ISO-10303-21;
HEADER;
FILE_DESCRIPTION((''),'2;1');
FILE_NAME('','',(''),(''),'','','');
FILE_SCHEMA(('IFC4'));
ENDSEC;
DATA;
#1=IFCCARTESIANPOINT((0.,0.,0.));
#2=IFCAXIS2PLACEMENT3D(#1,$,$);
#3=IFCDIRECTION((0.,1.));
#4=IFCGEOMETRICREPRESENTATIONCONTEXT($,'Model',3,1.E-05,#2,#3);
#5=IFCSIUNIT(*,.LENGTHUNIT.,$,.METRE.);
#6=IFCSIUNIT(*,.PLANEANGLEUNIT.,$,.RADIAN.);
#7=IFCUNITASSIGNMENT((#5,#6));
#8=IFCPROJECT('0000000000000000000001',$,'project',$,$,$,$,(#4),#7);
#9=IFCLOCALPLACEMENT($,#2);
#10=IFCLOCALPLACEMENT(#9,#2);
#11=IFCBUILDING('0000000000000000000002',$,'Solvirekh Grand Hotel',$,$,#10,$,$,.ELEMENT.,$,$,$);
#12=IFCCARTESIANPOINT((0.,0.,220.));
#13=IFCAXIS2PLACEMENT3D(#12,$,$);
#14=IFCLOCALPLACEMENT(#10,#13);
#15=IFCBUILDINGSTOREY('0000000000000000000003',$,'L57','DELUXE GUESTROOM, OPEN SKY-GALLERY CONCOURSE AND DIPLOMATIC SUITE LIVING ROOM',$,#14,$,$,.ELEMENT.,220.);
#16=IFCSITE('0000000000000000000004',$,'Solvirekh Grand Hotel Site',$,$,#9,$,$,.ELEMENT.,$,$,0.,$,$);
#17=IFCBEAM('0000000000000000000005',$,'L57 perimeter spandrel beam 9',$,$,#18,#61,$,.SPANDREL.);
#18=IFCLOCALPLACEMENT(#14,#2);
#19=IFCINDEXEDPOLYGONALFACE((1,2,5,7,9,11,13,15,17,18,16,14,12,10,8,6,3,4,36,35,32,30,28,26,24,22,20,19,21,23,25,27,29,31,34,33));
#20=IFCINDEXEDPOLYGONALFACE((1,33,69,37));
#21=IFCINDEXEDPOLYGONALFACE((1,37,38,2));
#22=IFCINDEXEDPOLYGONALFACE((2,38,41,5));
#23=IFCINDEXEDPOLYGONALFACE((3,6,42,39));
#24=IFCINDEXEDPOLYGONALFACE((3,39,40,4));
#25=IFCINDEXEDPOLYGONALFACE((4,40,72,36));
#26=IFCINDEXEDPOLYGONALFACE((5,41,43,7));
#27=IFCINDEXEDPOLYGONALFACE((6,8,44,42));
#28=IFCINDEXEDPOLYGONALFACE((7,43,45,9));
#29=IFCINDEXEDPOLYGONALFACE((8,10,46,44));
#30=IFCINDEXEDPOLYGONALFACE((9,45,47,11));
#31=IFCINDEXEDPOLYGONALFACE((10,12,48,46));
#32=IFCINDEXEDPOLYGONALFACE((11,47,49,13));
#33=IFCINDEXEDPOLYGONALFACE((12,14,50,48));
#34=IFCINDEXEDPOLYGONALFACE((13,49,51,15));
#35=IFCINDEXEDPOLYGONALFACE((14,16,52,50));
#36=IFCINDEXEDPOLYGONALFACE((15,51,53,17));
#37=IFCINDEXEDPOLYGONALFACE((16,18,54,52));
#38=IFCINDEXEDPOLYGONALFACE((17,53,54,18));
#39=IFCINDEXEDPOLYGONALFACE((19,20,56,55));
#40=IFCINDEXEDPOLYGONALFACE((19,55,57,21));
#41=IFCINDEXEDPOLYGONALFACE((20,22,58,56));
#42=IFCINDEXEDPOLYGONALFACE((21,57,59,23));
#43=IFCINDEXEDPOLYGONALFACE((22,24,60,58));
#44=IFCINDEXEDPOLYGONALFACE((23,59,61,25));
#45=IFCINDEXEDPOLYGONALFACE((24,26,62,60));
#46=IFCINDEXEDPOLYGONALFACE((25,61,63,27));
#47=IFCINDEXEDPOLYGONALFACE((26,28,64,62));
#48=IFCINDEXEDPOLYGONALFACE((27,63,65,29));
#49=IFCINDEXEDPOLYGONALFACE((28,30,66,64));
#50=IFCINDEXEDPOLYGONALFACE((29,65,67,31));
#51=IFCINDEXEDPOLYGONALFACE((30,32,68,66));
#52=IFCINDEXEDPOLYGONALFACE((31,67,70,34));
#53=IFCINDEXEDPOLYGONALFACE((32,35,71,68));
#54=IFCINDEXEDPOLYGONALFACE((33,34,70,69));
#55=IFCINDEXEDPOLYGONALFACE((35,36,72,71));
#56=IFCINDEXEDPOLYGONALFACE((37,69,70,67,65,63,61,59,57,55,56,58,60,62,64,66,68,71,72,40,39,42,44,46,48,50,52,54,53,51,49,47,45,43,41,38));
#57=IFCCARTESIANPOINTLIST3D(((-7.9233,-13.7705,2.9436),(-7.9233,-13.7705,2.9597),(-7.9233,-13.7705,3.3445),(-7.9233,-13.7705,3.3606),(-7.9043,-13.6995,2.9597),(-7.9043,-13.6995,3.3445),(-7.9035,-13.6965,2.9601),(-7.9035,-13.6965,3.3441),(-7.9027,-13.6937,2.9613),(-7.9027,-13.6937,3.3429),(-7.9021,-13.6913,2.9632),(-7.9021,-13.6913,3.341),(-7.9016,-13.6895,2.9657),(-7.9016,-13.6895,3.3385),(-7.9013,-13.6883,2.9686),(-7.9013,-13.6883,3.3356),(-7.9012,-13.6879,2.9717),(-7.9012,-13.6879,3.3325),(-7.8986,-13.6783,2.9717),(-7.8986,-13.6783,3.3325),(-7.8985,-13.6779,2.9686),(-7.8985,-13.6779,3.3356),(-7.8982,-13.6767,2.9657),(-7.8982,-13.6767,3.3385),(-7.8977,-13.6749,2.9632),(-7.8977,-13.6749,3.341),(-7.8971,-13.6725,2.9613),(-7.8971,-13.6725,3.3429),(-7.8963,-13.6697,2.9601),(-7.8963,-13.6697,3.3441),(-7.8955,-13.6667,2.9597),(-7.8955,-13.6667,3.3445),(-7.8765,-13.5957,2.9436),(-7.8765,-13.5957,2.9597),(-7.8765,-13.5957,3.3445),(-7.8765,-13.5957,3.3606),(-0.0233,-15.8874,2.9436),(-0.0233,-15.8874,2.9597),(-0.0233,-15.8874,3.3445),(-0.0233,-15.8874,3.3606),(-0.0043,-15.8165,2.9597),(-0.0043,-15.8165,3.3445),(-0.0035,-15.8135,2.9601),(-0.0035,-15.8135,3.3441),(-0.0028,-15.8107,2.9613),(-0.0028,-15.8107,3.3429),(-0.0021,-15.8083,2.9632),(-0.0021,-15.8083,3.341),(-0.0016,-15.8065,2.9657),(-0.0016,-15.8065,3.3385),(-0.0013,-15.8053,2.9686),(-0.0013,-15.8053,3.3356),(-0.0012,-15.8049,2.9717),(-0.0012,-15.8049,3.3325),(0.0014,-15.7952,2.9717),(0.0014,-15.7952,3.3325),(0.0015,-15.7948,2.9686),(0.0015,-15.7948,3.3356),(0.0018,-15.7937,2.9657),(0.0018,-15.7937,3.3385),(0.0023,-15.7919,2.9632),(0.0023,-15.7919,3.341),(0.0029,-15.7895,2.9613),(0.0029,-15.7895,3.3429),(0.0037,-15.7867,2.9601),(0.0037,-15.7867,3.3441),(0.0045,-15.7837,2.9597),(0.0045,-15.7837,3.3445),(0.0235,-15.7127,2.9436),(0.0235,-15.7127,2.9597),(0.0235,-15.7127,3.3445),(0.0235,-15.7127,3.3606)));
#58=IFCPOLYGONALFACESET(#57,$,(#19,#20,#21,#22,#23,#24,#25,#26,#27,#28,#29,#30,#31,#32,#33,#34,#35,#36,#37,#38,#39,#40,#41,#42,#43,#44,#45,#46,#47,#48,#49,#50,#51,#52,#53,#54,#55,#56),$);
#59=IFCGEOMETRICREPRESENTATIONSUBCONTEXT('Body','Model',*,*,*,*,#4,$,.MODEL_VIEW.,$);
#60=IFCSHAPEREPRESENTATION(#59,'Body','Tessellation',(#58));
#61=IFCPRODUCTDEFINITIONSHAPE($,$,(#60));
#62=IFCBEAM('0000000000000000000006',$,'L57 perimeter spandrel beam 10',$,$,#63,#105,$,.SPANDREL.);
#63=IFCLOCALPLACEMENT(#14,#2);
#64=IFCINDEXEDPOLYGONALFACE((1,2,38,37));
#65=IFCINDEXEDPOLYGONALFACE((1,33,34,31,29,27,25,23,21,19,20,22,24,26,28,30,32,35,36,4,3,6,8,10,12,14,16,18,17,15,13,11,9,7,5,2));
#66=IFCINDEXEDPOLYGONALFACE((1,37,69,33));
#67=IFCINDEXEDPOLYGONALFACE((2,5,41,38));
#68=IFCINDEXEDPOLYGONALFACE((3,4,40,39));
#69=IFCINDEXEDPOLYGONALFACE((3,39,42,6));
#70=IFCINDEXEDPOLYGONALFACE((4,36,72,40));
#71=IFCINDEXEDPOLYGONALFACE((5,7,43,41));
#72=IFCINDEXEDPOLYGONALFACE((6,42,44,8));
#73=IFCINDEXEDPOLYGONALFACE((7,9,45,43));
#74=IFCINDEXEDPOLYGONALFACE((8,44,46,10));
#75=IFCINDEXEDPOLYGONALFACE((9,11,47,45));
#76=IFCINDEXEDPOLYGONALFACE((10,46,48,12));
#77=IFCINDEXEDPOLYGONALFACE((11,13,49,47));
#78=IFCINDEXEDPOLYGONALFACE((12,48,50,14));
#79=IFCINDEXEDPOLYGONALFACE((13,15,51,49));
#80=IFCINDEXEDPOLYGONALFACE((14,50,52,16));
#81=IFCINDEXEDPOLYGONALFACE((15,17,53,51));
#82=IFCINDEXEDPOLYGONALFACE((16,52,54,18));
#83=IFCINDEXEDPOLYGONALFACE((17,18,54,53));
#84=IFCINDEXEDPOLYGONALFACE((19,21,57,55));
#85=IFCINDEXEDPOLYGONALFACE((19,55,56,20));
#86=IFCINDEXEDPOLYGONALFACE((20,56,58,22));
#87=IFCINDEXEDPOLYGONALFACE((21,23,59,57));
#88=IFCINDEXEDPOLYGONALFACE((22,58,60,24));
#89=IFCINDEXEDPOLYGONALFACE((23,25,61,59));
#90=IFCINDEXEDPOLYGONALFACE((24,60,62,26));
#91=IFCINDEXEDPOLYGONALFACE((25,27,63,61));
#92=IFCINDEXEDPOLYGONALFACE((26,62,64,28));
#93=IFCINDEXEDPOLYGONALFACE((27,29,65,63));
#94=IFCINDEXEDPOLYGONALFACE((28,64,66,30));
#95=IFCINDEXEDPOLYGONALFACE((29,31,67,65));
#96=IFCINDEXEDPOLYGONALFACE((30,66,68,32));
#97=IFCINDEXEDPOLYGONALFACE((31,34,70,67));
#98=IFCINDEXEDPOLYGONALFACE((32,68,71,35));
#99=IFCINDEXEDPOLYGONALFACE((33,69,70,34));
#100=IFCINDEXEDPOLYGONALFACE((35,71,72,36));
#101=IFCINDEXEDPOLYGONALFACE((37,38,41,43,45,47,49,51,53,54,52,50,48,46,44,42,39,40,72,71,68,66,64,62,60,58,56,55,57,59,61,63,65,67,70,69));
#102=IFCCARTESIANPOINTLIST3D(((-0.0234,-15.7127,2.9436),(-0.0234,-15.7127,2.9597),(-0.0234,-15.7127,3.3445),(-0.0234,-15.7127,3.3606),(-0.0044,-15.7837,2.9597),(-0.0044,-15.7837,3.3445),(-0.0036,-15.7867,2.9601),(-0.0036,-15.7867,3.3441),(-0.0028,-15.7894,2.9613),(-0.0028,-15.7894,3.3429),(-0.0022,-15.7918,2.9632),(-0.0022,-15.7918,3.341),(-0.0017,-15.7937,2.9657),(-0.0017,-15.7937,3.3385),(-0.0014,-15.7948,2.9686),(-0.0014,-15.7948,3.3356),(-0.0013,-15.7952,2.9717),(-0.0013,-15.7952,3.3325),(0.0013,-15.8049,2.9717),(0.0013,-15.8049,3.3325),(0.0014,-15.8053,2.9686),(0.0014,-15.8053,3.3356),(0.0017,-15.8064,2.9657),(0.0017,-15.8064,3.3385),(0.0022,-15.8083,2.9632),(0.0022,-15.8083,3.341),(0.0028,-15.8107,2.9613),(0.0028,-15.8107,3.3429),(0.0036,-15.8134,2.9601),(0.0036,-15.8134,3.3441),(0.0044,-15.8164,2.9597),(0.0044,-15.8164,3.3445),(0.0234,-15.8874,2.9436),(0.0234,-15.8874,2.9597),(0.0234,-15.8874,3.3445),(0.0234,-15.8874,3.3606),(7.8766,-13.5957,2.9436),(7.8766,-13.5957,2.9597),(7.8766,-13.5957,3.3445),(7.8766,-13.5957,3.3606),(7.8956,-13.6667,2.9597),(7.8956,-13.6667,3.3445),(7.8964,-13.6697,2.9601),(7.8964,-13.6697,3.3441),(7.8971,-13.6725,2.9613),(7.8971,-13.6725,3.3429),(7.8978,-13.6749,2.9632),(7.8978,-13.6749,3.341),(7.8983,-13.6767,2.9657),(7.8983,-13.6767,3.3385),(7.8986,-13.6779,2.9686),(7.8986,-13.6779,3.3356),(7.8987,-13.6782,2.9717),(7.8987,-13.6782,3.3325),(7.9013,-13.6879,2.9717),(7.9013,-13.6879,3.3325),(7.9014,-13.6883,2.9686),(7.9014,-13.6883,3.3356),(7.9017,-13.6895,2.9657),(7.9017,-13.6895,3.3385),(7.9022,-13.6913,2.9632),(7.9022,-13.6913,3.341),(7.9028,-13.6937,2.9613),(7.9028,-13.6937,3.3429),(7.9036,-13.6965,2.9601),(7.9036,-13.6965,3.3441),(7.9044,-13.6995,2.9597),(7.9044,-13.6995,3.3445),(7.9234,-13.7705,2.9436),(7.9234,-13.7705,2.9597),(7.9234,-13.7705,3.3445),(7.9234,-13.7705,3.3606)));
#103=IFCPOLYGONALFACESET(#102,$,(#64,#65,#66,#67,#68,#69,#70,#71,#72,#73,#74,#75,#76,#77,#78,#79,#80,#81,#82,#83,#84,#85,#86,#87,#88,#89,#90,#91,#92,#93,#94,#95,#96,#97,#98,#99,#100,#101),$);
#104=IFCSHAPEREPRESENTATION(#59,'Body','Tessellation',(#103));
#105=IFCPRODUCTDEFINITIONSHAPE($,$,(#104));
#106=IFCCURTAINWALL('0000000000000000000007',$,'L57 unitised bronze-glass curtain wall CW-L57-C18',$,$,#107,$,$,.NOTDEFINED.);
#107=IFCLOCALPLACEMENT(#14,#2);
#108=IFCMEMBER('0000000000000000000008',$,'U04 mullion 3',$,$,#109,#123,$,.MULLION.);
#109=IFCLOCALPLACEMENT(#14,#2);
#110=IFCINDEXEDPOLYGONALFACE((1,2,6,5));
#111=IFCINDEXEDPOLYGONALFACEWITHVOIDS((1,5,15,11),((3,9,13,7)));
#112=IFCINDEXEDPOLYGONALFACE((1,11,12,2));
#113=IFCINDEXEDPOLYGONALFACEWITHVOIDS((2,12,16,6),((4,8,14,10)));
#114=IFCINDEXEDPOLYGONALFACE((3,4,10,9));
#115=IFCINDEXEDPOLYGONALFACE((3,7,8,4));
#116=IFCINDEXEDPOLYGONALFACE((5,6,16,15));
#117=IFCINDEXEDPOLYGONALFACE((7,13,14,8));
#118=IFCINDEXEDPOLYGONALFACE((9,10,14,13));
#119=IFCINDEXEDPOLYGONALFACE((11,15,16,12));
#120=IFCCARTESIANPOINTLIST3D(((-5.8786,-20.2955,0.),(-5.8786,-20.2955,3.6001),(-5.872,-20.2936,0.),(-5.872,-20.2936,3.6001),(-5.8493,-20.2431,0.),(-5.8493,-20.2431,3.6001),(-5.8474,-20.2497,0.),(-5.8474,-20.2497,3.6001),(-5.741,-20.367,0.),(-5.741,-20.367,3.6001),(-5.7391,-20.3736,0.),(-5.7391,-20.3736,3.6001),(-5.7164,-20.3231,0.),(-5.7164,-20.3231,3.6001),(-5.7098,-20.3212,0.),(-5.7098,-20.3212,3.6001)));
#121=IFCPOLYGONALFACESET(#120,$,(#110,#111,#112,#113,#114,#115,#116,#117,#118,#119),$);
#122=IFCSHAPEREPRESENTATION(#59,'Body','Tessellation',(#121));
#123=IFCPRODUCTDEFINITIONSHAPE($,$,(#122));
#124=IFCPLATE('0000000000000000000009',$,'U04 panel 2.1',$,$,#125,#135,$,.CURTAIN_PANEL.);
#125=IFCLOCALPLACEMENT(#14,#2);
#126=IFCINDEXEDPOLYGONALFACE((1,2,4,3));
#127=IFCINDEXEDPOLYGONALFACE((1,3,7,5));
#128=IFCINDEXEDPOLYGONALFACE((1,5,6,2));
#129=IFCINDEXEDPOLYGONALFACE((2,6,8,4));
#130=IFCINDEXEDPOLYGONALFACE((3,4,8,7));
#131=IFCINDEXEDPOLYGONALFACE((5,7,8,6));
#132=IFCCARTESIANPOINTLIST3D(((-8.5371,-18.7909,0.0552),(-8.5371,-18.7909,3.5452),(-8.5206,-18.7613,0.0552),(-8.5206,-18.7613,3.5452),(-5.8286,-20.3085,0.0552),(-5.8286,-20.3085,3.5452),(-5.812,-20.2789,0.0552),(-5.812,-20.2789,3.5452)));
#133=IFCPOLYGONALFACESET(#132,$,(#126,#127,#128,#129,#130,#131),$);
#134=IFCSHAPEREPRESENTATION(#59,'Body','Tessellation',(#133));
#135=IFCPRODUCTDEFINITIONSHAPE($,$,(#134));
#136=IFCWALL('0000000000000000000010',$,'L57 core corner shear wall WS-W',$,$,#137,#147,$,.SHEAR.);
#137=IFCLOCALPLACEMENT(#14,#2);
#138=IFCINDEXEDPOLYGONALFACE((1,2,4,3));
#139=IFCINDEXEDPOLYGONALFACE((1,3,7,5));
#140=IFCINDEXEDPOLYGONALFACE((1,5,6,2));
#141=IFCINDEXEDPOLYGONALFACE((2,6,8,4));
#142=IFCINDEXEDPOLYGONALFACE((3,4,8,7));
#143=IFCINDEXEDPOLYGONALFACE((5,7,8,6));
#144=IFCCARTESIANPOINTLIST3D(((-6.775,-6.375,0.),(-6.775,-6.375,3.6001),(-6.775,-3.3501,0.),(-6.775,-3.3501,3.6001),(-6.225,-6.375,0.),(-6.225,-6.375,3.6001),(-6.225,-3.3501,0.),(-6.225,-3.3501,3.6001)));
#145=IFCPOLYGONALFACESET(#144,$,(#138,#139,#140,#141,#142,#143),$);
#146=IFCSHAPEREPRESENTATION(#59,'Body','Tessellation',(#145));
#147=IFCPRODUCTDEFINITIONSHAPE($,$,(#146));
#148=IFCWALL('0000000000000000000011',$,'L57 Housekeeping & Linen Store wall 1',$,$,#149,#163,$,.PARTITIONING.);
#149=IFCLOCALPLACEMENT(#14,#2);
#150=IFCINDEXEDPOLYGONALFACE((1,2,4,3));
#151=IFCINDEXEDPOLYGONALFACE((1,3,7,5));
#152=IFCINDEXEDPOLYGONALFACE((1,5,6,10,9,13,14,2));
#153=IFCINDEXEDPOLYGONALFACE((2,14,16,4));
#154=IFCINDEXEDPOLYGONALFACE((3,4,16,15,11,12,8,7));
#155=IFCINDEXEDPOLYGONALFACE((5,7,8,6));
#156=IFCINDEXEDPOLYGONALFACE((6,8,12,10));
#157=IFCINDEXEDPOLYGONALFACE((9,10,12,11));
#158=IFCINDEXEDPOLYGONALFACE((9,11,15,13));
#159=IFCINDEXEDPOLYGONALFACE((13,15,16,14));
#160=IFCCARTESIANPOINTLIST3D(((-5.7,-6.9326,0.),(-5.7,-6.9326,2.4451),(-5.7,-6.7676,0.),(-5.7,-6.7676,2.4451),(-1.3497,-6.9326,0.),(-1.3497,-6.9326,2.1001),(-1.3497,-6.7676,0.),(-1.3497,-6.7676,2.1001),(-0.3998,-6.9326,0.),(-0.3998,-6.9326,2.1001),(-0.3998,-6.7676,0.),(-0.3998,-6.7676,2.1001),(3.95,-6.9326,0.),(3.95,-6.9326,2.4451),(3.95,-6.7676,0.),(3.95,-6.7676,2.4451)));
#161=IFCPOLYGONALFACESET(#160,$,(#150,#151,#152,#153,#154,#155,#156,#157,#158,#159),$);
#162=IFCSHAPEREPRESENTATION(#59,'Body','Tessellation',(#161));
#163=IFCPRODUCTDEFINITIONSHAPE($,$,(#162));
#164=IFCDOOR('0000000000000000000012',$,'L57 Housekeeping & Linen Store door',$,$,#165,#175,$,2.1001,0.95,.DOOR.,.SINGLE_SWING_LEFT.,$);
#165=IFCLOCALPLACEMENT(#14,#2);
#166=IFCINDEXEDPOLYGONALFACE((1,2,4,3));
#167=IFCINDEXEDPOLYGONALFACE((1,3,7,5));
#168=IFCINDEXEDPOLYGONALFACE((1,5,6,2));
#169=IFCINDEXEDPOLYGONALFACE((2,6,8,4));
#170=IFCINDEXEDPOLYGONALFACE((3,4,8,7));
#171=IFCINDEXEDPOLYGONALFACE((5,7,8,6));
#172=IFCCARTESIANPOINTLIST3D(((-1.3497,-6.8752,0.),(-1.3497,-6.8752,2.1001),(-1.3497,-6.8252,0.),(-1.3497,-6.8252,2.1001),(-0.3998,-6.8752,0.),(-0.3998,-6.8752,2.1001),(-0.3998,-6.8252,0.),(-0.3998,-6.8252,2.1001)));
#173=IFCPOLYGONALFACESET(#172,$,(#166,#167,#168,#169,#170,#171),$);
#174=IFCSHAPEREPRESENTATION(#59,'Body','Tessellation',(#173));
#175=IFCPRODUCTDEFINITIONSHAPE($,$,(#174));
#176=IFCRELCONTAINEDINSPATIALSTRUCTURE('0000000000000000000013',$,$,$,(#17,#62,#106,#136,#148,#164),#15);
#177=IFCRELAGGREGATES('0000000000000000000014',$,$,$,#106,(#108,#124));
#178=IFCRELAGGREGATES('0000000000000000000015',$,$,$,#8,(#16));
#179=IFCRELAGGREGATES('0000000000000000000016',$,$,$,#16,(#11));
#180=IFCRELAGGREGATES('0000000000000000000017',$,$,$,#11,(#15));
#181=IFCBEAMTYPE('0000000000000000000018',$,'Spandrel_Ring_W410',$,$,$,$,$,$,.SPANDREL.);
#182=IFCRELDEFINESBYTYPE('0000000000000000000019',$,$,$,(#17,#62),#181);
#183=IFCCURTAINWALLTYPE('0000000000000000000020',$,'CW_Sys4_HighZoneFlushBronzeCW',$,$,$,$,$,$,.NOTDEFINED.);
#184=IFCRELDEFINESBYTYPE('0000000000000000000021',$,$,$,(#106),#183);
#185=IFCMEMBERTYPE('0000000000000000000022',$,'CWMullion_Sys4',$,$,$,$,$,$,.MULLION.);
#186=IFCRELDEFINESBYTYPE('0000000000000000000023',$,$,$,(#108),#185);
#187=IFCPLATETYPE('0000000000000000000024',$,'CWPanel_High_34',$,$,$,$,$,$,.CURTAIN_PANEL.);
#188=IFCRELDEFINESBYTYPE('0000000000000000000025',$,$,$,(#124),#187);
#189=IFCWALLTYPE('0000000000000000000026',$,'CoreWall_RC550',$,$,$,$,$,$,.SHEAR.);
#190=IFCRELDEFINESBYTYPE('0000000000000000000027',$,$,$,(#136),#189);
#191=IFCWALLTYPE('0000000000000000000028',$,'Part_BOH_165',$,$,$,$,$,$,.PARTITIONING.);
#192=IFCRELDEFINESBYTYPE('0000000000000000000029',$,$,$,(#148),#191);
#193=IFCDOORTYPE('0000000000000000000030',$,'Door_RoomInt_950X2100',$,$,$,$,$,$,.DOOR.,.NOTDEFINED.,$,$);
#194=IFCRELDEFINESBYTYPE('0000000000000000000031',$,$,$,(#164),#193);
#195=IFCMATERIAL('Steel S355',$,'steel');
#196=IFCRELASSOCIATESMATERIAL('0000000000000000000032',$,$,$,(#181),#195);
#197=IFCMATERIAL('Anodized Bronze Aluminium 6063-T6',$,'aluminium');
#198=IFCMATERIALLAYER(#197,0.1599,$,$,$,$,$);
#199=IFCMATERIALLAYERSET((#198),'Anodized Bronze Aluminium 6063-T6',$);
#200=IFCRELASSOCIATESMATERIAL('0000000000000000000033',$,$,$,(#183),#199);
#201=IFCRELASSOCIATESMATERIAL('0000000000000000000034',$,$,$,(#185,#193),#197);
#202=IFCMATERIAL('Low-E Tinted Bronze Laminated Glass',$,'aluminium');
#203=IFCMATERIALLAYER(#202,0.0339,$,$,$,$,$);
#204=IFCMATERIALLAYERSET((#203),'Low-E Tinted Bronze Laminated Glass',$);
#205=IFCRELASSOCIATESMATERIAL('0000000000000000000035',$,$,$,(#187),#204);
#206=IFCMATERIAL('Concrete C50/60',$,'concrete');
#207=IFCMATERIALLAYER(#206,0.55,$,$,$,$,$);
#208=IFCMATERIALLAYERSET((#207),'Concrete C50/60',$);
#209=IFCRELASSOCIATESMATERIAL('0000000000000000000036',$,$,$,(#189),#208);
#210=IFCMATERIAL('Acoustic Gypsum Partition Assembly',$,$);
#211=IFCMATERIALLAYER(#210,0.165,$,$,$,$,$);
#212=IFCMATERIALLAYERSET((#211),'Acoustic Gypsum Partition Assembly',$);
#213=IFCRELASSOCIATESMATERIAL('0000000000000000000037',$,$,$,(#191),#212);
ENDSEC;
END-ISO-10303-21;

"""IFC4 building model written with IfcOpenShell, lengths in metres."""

from ifc_helpers import new_model, si_unit, direction, frame, frame_2d, origin, origin_2d, place, context, subcontext, project, spatial, rectangle, hollow_rectangle, i_section, extrude, source, transform, mapped, material, layer, layer_set, material_profile, profile_set, type_object, element, fill, aggregate, save


model = new_model("IFC4")

# Units and contexts
model_context = context("Model", 3, precision=1e-05, world=origin(), true_north=direction((0.0, 1.0)))
body_context = subcontext(model_context, "Body", "Model", "MODEL_VIEW")
ifc_project = project(units=[si_unit("LENGTHUNIT", "METRE"), si_unit("PLANEANGLEUNIT", "RADIAN")], contexts=[model_context])

# Site, building, storey
site_placement = place(None, origin())
site = spatial("IfcSite", under=ifc_project, at=site_placement, Name="Solvirekh Grand Hotel Site", CompositionType="ELEMENT", RefElevation=0.0)
building_placement = place(site_placement, origin())
building = spatial("IfcBuilding", under=site, at=building_placement, Name="Solvirekh Grand Hotel", CompositionType="ELEMENT")
storey_placement = place(building_placement, frame((0.0, 0.0, 220.0)))
storey = spatial("IfcBuildingStorey", under=building, at=storey_placement, Name="L57", Description="DELUXE GUESTROOM, OPEN SKY-GALLERY CONCOURSE AND DIPLOMATIC SUITE LIVING ROOM", CompositionType="ELEMENT", Elevation=220.0)

# Shared definitions
ifc_material_1 = material(Name="Concrete C50/60", Category="concrete")

# Beams
ifc_material_2 = material(Name="Steel S355", Category="steel")
ifc_material_profile_1 = material_profile(ifc_material_2, i_section(OverallWidth=0.1809, OverallDepth=0.417, WebThickness=0.01, FlangeThickness=0.0161, FilletRadius=0.012, at=origin_2d()), Name="W410X85")
ifc_profile_set_1 = profile_set([ifc_material_profile_1], Name="Steel S355")
beam_type_1 = type_object("IfcBeamType", Name="Spandrel_Ring_W410", PredefinedType="SPANDREL", material=ifc_profile_set_1)
for number, where, z_axis, x_axis, name in (
    (1, (-7.8999, -13.6831, 3.1521), (0.965921, -0.258839, 0.0), (0.258839, 0.965921, 0.0), "L57 perimeter spandrel beam 9"),
    (2, (0.0, -15.8, 3.1521), (0.965921, 0.258839, 0.0), (-0.258839, 0.965921, 0.0), "L57 perimeter spandrel beam 10"),
):
    element("IfcBeam", number, at=place(storey_placement, frame(where, z_axis=z_axis, x_axis=x_axis)), inside=storey, type_object=beam_type_1, Name=name, PredefinedType="SPANDREL", context=body_context, shape_type="SweptSolid", body=[
        extrude(i_section(OverallWidth=0.1809, OverallDepth=0.417, WebThickness=0.01, FlangeThickness=0.0161, FilletRadius=0.012, at=origin_2d()), origin(), (0.0, 0.0, 1.0), 8.1787),
    ])

# Curtain wall, member, plate
ifc_material_3 = material(Name="Anodized Bronze Aluminium 6063-T6", Category="aluminium")
ifc_layer_1 = layer(ifc_material_3, 0.1599)
ifc_layer_set_1 = layer_set([ifc_layer_1], Name="Anodized Bronze Aluminium 6063-T6")
curtain_wall_type = type_object("IfcCurtainWallType", Name="CW_Sys4_HighZoneFlushBronzeCW", PredefinedType="NOTDEFINED", material=ifc_layer_set_1)
curtain_wall_placement = place(storey_placement, origin())
curtain_wall = element("IfcCurtainWall", 3, at=curtain_wall_placement, inside=storey, type_object=curtain_wall_type, Name="L57 unitised bronze-glass curtain wall CW-L57-C18", PredefinedType="NOTDEFINED")
ifc_material_profile_2 = material_profile(ifc_material_3, hollow_rectangle(XDim=0.0601, YDim=0.1599, WallThickness=0.0049, at=origin_2d()), Name="ALU RHS 160X60X5")
ifc_profile_set_2 = profile_set([ifc_material_profile_2], Name="Anodized Bronze Aluminium 6063-T6")
member_type = type_object("IfcMemberType", Name="CWMullion_Sys4", PredefinedType="MULLION", material=ifc_profile_set_2)
shared_shape_1 = source(origin(), body_context, "Body", "SweptSolid", [
    extrude(hollow_rectangle(XDim=0.0601, YDim=0.1599, WallThickness=0.0049, at=origin_2d()), origin(), (0.0, 0.0, 1.0), 3.6001),
])
member_placement = place(storey_placement, frame((-5.7942, -20.3083, 0.0), z_axis=(0.0, 0.0, 1.0), x_axis=(0.488789, 0.872402, 0.0)))
member = element("IfcMember", 4, at=member_placement, type_object=member_type, Name="U04 mullion 3", PredefinedType="MULLION", context=body_context, shape_type="MappedRepresentation", body=[
    mapped(shared_shape_1, transform((0.0, 0.0, 0.0), x_axis=(1.0, 0.0, 0.0), y_axis=(0.0, 1.0, 0.0), z_axis=(0.0, 0.0, 1.0), scale=1.0)),
])
ifc_material_4 = material(Name="Low-E Tinted Bronze Laminated Glass", Category="aluminium")
ifc_layer_2 = layer(ifc_material_4, 0.0339)
ifc_layer_set_2 = layer_set([ifc_layer_2], Name="Low-E Tinted Bronze Laminated Glass")
plate_type = type_object("IfcPlateType", Name="CWPanel_High_34", PredefinedType="CURTAIN_PANEL", material=ifc_layer_set_2)
shared_shape_2 = source(origin(), body_context, "Body", "SweptSolid", [
    extrude(rectangle(XDim=3.1047, YDim=0.0339, at=origin_2d()), origin(), (0.0, 0.0, 1.0), 3.49),
])
plate_placement = place(storey_placement, frame((-7.1746, -19.5349, 0.0552), z_axis=(0.0, 0.0, 1.0), x_axis=(0.872402, -0.488789, 0.0)))
plate = element("IfcPlate", 5, at=plate_placement, type_object=plate_type, Name="U04 panel 2.1", PredefinedType="CURTAIN_PANEL", context=body_context, shape_type="MappedRepresentation", body=[
    mapped(shared_shape_2, transform((0.0, 0.0, 0.0), x_axis=(1.0, 0.0, 0.0), y_axis=(0.0, 1.0, 0.0), z_axis=(0.0, 0.0, 1.0), scale=1.0)),
])
aggregate(curtain_wall, [member, plate])

# Wall
ifc_layer_3 = layer(ifc_material_1, 0.55)
ifc_layer_set_3 = layer_set([ifc_layer_3], Name="Concrete C50/60")
wall_type_1 = type_object("IfcWallType", Name="CoreWall_RC550", PredefinedType="SHEAR", material=ifc_layer_set_3)
wall_1_placement = place(storey_placement, frame((-6.5, -6.375, 0.0), z_axis=(0.0, 0.0, 1.0), x_axis=(0.0, 1.0, 0.0)))
element("IfcWall", 6, at=wall_1_placement, inside=storey, type_object=wall_type_1, Name="L57 core corner shear wall WS-W", PredefinedType="SHEAR", context=body_context, shape_type="SweptSolid", body=[
    extrude(rectangle(XDim=3.0249, YDim=0.55, at=frame_2d((1.5125, 0.0))), origin(), (0.0, 0.0, 1.0), 3.6001),
])

# Wall, opening, door
ifc_material_5 = material(Name="Acoustic Gypsum Partition Assembly")
ifc_layer_4 = layer(ifc_material_5, 0.165)
ifc_layer_set_4 = layer_set([ifc_layer_4], Name="Acoustic Gypsum Partition Assembly")
wall_type_2 = type_object("IfcWallType", Name="Part_BOH_165", PredefinedType="PARTITIONING", material=ifc_layer_set_4)
wall_2_placement = place(storey_placement, frame((-5.7, -6.8501, 0.0), z_axis=(0.0, 0.0, 1.0), x_axis=(1.0, 0.0, 0.0)))
wall_2 = element("IfcWall", 7, at=wall_2_placement, inside=storey, type_object=wall_type_2, Name="L57 Housekeeping & Linen Store wall 1", PredefinedType="PARTITIONING", context=body_context, shape_type="SweptSolid", body=[
    extrude(rectangle(XDim=9.6499, YDim=0.165, at=frame_2d((4.825, 0.0))), origin(), (0.0, 0.0, 1.0), 2.4451),
])
opening_1_placement = place(wall_2_placement, frame((4.3501, 0.0, 0.0)))
opening_1 = element("IfcOpeningElement", 8, at=opening_1_placement, cuts=wall_2, PredefinedType="OPENING", context=body_context, shape_type="SweptSolid", body=[
    extrude(rectangle(XDim=0.95, YDim=2.1001, at=frame_2d((0.4751, 1.05))), frame((0.0, 0.0925, 0.0), z_axis=(0.0, -1.0, 0.0), x_axis=(1.0, 0.0, 0.0)), (0.0, 0.0, 1.0), 0.1851),
])
door_type_1 = type_object("IfcDoorType", Name="Door_RoomInt_950X2100", OperationType="NOTDEFINED", PredefinedType="DOOR", material=ifc_material_3)
door_1_placement = place(opening_1_placement, origin())
door_1 = element("IfcDoor", 9, at=door_1_placement, inside=storey, type_object=door_type_1, Name="L57 Housekeeping & Linen Store door", OperationType="SINGLE_SWING_LEFT", OverallHeight=2.1001, OverallWidth=0.95, PredefinedType="DOOR", context=body_context, shape_type="SweptSolid", body=[
    extrude(rectangle(XDim=0.95, YDim=2.1001, at=frame_2d((0.4751, 1.05))), frame((0.0, 0.0249, 0.0), z_axis=(0.0, -1.0, 0.0), x_axis=(1.0, 0.0, 0.0)), (0.0, 0.0, 1.0), 0.05),
])
fill(opening_1, door_1)

save(model, "model.ifc")
